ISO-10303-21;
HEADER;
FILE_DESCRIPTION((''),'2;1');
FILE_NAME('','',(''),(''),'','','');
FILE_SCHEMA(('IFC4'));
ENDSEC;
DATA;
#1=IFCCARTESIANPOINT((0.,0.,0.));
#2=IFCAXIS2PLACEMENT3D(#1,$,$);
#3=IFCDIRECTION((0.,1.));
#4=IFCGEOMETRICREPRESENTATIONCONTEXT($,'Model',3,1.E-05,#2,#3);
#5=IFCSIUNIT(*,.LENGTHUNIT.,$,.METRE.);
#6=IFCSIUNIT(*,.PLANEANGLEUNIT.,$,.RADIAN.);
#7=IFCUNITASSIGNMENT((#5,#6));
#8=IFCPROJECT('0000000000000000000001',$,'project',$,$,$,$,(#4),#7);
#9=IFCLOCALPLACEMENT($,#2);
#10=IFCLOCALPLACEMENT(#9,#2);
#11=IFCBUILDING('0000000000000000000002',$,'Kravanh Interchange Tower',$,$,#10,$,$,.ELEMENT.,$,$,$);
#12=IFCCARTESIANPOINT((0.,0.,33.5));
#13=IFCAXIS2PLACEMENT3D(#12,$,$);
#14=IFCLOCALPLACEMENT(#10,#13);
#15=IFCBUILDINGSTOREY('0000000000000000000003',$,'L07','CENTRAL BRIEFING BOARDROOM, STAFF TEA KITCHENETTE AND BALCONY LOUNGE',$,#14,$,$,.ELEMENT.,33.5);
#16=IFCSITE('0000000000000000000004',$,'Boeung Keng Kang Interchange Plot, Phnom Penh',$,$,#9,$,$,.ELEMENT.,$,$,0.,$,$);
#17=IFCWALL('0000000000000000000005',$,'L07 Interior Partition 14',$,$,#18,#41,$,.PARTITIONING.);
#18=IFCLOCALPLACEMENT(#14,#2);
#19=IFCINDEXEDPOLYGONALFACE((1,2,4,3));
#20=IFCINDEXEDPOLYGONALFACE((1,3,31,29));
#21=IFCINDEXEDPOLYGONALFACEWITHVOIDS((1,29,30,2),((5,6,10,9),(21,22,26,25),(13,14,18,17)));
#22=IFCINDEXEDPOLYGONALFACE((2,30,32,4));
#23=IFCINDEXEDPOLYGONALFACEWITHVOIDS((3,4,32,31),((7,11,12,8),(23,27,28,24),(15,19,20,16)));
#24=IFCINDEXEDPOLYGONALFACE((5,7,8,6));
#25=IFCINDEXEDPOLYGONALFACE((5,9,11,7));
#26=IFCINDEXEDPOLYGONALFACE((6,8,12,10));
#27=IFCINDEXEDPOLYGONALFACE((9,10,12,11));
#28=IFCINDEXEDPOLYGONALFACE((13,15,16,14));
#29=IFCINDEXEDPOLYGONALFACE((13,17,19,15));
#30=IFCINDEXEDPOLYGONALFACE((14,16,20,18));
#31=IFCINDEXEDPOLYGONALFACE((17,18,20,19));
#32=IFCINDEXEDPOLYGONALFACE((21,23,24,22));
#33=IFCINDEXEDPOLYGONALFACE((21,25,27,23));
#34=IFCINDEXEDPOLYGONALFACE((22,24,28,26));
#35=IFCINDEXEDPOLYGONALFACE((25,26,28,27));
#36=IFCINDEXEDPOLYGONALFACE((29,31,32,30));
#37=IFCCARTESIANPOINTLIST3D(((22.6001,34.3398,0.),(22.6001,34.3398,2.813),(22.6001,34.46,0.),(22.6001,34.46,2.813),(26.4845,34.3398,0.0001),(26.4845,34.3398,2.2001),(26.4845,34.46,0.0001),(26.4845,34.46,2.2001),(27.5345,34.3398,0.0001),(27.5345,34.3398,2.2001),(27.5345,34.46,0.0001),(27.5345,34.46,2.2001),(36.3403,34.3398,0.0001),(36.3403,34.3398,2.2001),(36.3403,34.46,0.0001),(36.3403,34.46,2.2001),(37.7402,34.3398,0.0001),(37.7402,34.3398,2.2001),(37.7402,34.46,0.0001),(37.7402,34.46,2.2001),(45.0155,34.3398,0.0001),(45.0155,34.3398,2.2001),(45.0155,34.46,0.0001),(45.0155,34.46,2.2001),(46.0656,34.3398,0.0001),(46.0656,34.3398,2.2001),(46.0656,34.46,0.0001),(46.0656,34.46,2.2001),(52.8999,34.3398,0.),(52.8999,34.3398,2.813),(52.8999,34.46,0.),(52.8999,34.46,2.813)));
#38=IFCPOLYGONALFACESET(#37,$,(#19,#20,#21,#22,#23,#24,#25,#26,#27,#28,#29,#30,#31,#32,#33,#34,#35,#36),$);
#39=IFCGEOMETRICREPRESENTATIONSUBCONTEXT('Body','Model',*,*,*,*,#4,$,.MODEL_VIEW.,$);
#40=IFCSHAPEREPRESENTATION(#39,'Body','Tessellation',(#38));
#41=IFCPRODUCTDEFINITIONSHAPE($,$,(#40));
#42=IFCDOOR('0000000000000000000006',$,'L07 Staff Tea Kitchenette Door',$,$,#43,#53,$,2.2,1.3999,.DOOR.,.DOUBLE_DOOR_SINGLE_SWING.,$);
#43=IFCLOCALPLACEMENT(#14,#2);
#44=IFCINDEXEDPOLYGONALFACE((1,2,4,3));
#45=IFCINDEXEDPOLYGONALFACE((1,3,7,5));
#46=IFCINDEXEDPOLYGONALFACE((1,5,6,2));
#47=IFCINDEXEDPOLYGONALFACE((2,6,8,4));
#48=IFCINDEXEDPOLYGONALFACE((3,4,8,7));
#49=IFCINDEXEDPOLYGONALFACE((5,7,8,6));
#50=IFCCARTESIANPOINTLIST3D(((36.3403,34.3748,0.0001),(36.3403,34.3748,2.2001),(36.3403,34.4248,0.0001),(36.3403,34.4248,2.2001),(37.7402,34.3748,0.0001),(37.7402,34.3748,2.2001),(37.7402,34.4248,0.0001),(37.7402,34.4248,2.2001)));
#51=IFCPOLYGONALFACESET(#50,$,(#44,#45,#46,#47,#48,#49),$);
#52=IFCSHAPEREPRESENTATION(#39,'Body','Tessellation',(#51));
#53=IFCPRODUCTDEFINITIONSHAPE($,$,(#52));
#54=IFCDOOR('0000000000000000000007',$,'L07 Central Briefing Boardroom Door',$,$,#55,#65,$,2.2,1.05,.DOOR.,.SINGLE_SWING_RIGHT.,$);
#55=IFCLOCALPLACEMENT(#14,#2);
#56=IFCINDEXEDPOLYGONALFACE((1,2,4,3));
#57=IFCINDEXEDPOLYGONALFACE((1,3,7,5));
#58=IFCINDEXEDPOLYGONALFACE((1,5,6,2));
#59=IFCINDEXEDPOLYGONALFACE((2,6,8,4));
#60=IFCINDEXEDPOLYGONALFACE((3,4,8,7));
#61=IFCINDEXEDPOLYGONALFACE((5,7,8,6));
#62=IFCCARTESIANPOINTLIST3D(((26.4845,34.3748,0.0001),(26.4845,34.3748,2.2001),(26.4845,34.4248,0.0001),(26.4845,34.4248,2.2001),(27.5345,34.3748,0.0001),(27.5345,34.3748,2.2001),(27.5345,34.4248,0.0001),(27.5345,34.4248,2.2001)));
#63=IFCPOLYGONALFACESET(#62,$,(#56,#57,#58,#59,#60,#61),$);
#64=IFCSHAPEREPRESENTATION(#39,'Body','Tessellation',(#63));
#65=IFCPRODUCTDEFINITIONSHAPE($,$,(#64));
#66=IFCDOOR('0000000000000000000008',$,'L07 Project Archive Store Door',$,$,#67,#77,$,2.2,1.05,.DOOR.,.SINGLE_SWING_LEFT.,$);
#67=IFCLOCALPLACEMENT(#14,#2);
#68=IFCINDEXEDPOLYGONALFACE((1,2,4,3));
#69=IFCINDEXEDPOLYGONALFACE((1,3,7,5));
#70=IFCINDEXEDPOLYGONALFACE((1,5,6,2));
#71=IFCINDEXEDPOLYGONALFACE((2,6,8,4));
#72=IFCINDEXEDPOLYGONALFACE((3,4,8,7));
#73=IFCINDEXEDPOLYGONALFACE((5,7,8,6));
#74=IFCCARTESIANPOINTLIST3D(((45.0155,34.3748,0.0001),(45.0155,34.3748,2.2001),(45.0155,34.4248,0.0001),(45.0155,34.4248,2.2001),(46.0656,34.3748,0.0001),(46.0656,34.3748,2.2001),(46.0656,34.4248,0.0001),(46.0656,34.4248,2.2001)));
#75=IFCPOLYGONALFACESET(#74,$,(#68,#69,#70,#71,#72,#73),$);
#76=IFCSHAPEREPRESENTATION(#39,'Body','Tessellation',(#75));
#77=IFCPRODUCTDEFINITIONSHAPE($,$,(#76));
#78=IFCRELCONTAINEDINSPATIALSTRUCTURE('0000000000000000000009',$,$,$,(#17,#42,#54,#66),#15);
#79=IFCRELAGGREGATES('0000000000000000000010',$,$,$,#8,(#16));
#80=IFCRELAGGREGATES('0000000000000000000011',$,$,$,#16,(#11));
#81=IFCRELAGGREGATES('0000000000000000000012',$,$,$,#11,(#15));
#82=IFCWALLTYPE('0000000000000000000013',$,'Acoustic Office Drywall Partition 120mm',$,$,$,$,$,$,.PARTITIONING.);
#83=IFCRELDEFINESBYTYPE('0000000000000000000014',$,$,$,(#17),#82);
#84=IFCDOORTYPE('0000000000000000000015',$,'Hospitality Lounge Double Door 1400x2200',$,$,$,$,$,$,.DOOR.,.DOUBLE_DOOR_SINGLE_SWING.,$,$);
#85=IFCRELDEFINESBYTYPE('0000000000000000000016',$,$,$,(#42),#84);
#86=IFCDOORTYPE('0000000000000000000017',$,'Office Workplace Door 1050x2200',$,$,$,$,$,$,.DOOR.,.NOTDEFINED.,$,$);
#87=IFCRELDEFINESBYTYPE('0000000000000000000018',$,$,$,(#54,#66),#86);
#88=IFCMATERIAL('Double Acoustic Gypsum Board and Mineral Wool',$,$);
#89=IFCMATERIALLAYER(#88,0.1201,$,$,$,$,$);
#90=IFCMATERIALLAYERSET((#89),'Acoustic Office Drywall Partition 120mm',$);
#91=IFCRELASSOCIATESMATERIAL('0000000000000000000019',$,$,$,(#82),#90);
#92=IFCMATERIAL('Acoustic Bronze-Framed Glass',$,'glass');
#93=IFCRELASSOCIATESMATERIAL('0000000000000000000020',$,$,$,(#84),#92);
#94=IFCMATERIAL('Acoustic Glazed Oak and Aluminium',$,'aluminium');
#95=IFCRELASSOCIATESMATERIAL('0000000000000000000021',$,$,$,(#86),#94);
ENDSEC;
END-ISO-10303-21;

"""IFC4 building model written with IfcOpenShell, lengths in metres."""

from ifc_helpers import new_model, si_unit, direction, frame, frame_2d, origin, place, context, subcontext, project, spatial, rectangle, extrude, material, layer, layer_set, type_object, element, fill, save


model = new_model("IFC4")

# Units and contexts
model_context = context("Model", 3, precision=1e-05, world=origin(), true_north=direction((0.0, 1.0)))
body_context = subcontext(model_context, "Body", "Model", "MODEL_VIEW")
ifc_project = project(units=[si_unit("LENGTHUNIT", "METRE"), si_unit("PLANEANGLEUNIT", "RADIAN")], contexts=[model_context])

# Site, building, storey
site_placement = place(None, origin())
site = spatial("IfcSite", under=ifc_project, at=site_placement, Name="Boeung Keng Kang Interchange Plot, Phnom Penh", CompositionType="ELEMENT", RefElevation=0.0)
building_placement = place(site_placement, origin())
building = spatial("IfcBuilding", under=site, at=building_placement, Name="Kravanh Interchange Tower", CompositionType="ELEMENT")
storey_placement = place(building_placement, frame((0.0, 0.0, 33.5)))
storey = spatial("IfcBuildingStorey", under=building, at=storey_placement, Name="L07", Description="CENTRAL BRIEFING BOARDROOM, STAFF TEA KITCHENETTE AND BALCONY LOUNGE", CompositionType="ELEMENT", Elevation=33.5)

# Wall, openings, doors
ifc_material_1 = material(Name="Double Acoustic Gypsum Board and Mineral Wool")
ifc_layer = layer(ifc_material_1, 0.1201)
ifc_layer_set = layer_set([ifc_layer], Name="Acoustic Office Drywall Partition 120mm")
wall_type = type_object("IfcWallType", Name="Acoustic Office Drywall Partition 120mm", PredefinedType="PARTITIONING", material=ifc_layer_set)
wall_placement = place(storey_placement, frame((22.6001, 34.3999, 0.0), z_axis=(0.0, 0.0, 1.0), x_axis=(1.0, 0.0, 0.0)))
wall = element("IfcWall", 1, at=wall_placement, inside=storey, type_object=wall_type, Name="L07 Interior Partition 14", PredefinedType="PARTITIONING", context=body_context, shape_type="SweptSolid", body=[
    extrude(rectangle(XDim=30.2998, YDim=0.1201, at=frame_2d((15.1499, 0.0))), origin(), (0.0, 0.0, 1.0), 2.813),
])
opening_1_placement = place(wall_placement, frame((3.8845, 0.0, 0.0)))
opening_1 = element("IfcOpeningElement", 2, at=opening_1_placement, cuts=wall, PredefinedType="OPENING", context=body_context, shape_type="SweptSolid", body=[
    extrude(rectangle(XDim=1.05, YDim=2.2, at=frame_2d((0.5249, 1.1001))), frame((0.0, 0.0701, 0.0), z_axis=(0.0, -1.0, 0.0), x_axis=(1.0, 0.0, 0.0)), (0.0, 0.0, 1.0), 0.1401),
])
opening_2_placement = place(wall_placement, frame((13.7402, 0.0, 0.0)))
opening_2 = element("IfcOpeningElement", 3, at=opening_2_placement, cuts=wall, PredefinedType="OPENING", context=body_context, shape_type="SweptSolid", body=[
    extrude(rectangle(XDim=1.3999, YDim=2.2, at=frame_2d((0.7, 1.1001))), frame((0.0, 0.0701, 0.0), z_axis=(0.0, -1.0, 0.0), x_axis=(1.0, 0.0, 0.0)), (0.0, 0.0, 1.0), 0.1401),
])
opening_3_placement = place(wall_placement, frame((22.4155, 0.0, 0.0)))
opening_3 = element("IfcOpeningElement", 4, at=opening_3_placement, cuts=wall, PredefinedType="OPENING", context=body_context, shape_type="SweptSolid", body=[
    extrude(rectangle(XDim=1.05, YDim=2.2, at=frame_2d((0.5249, 1.1001))), frame((0.0, 0.0701, 0.0), z_axis=(0.0, -1.0, 0.0), x_axis=(1.0, 0.0, 0.0)), (0.0, 0.0, 1.0), 0.1401),
])
ifc_material_2 = material(Name="Acoustic Bronze-Framed Glass", Category="glass")
door_type_1 = type_object("IfcDoorType", Name="Hospitality Lounge Double Door 1400x2200", OperationType="DOUBLE_DOOR_SINGLE_SWING", PredefinedType="DOOR", material=ifc_material_2)
door_1_placement = place(opening_2_placement, origin())
door_1 = element("IfcDoor", 5, at=door_1_placement, inside=storey, type_object=door_type_1, Name="L07 Staff Tea Kitchenette Door", OperationType="DOUBLE_DOOR_SINGLE_SWING", OverallHeight=2.2, OverallWidth=1.3999, PredefinedType="DOOR", context=body_context, shape_type="SweptSolid", body=[
    extrude(rectangle(XDim=1.3999, YDim=2.2, at=frame_2d((0.7, 1.1001))), frame((0.0, 0.0249, 0.0), z_axis=(0.0, -1.0, 0.0), x_axis=(1.0, 0.0, 0.0)), (0.0, 0.0, 1.0), 0.05),
])
fill(opening_2, door_1)
ifc_material_3 = material(Name="Acoustic Glazed Oak and Aluminium", Category="aluminium")
door_type_2 = type_object("IfcDoorType", Name="Office Workplace Door 1050x2200", OperationType="NOTDEFINED", PredefinedType="DOOR", material=ifc_material_3)
door_2_placement = place(opening_1_placement, origin())
door_2 = element("IfcDoor", 6, at=door_2_placement, inside=storey, type_object=door_type_2, Name="L07 Central Briefing Boardroom Door", OperationType="SINGLE_SWING_RIGHT", OverallHeight=2.2, OverallWidth=1.05, PredefinedType="DOOR", context=body_context, shape_type="SweptSolid", body=[
    extrude(rectangle(XDim=1.05, YDim=2.2, at=frame_2d((0.5249, 1.1001))), frame((0.0, 0.0249, 0.0), z_axis=(0.0, -1.0, 0.0), x_axis=(1.0, 0.0, 0.0)), (0.0, 0.0, 1.0), 0.05),
])
fill(opening_1, door_2)
door_3_placement = place(opening_3_placement, origin())
door_3 = element("IfcDoor", 7, at=door_3_placement, inside=storey, type_object=door_type_2, Name="L07 Project Archive Store Door", OperationType="SINGLE_SWING_LEFT", OverallHeight=2.2, OverallWidth=1.05, PredefinedType="DOOR", context=body_context, shape_type="SweptSolid", body=[
    extrude(rectangle(XDim=1.05, YDim=2.2, at=frame_2d((0.5249, 1.1001))), frame((0.0, 0.0249, 0.0), z_axis=(0.0, -1.0, 0.0), x_axis=(1.0, 0.0, 0.0)), (0.0, 0.0, 1.0), 0.05),
])
fill(opening_3, door_3)

save(model, "model.ifc")
